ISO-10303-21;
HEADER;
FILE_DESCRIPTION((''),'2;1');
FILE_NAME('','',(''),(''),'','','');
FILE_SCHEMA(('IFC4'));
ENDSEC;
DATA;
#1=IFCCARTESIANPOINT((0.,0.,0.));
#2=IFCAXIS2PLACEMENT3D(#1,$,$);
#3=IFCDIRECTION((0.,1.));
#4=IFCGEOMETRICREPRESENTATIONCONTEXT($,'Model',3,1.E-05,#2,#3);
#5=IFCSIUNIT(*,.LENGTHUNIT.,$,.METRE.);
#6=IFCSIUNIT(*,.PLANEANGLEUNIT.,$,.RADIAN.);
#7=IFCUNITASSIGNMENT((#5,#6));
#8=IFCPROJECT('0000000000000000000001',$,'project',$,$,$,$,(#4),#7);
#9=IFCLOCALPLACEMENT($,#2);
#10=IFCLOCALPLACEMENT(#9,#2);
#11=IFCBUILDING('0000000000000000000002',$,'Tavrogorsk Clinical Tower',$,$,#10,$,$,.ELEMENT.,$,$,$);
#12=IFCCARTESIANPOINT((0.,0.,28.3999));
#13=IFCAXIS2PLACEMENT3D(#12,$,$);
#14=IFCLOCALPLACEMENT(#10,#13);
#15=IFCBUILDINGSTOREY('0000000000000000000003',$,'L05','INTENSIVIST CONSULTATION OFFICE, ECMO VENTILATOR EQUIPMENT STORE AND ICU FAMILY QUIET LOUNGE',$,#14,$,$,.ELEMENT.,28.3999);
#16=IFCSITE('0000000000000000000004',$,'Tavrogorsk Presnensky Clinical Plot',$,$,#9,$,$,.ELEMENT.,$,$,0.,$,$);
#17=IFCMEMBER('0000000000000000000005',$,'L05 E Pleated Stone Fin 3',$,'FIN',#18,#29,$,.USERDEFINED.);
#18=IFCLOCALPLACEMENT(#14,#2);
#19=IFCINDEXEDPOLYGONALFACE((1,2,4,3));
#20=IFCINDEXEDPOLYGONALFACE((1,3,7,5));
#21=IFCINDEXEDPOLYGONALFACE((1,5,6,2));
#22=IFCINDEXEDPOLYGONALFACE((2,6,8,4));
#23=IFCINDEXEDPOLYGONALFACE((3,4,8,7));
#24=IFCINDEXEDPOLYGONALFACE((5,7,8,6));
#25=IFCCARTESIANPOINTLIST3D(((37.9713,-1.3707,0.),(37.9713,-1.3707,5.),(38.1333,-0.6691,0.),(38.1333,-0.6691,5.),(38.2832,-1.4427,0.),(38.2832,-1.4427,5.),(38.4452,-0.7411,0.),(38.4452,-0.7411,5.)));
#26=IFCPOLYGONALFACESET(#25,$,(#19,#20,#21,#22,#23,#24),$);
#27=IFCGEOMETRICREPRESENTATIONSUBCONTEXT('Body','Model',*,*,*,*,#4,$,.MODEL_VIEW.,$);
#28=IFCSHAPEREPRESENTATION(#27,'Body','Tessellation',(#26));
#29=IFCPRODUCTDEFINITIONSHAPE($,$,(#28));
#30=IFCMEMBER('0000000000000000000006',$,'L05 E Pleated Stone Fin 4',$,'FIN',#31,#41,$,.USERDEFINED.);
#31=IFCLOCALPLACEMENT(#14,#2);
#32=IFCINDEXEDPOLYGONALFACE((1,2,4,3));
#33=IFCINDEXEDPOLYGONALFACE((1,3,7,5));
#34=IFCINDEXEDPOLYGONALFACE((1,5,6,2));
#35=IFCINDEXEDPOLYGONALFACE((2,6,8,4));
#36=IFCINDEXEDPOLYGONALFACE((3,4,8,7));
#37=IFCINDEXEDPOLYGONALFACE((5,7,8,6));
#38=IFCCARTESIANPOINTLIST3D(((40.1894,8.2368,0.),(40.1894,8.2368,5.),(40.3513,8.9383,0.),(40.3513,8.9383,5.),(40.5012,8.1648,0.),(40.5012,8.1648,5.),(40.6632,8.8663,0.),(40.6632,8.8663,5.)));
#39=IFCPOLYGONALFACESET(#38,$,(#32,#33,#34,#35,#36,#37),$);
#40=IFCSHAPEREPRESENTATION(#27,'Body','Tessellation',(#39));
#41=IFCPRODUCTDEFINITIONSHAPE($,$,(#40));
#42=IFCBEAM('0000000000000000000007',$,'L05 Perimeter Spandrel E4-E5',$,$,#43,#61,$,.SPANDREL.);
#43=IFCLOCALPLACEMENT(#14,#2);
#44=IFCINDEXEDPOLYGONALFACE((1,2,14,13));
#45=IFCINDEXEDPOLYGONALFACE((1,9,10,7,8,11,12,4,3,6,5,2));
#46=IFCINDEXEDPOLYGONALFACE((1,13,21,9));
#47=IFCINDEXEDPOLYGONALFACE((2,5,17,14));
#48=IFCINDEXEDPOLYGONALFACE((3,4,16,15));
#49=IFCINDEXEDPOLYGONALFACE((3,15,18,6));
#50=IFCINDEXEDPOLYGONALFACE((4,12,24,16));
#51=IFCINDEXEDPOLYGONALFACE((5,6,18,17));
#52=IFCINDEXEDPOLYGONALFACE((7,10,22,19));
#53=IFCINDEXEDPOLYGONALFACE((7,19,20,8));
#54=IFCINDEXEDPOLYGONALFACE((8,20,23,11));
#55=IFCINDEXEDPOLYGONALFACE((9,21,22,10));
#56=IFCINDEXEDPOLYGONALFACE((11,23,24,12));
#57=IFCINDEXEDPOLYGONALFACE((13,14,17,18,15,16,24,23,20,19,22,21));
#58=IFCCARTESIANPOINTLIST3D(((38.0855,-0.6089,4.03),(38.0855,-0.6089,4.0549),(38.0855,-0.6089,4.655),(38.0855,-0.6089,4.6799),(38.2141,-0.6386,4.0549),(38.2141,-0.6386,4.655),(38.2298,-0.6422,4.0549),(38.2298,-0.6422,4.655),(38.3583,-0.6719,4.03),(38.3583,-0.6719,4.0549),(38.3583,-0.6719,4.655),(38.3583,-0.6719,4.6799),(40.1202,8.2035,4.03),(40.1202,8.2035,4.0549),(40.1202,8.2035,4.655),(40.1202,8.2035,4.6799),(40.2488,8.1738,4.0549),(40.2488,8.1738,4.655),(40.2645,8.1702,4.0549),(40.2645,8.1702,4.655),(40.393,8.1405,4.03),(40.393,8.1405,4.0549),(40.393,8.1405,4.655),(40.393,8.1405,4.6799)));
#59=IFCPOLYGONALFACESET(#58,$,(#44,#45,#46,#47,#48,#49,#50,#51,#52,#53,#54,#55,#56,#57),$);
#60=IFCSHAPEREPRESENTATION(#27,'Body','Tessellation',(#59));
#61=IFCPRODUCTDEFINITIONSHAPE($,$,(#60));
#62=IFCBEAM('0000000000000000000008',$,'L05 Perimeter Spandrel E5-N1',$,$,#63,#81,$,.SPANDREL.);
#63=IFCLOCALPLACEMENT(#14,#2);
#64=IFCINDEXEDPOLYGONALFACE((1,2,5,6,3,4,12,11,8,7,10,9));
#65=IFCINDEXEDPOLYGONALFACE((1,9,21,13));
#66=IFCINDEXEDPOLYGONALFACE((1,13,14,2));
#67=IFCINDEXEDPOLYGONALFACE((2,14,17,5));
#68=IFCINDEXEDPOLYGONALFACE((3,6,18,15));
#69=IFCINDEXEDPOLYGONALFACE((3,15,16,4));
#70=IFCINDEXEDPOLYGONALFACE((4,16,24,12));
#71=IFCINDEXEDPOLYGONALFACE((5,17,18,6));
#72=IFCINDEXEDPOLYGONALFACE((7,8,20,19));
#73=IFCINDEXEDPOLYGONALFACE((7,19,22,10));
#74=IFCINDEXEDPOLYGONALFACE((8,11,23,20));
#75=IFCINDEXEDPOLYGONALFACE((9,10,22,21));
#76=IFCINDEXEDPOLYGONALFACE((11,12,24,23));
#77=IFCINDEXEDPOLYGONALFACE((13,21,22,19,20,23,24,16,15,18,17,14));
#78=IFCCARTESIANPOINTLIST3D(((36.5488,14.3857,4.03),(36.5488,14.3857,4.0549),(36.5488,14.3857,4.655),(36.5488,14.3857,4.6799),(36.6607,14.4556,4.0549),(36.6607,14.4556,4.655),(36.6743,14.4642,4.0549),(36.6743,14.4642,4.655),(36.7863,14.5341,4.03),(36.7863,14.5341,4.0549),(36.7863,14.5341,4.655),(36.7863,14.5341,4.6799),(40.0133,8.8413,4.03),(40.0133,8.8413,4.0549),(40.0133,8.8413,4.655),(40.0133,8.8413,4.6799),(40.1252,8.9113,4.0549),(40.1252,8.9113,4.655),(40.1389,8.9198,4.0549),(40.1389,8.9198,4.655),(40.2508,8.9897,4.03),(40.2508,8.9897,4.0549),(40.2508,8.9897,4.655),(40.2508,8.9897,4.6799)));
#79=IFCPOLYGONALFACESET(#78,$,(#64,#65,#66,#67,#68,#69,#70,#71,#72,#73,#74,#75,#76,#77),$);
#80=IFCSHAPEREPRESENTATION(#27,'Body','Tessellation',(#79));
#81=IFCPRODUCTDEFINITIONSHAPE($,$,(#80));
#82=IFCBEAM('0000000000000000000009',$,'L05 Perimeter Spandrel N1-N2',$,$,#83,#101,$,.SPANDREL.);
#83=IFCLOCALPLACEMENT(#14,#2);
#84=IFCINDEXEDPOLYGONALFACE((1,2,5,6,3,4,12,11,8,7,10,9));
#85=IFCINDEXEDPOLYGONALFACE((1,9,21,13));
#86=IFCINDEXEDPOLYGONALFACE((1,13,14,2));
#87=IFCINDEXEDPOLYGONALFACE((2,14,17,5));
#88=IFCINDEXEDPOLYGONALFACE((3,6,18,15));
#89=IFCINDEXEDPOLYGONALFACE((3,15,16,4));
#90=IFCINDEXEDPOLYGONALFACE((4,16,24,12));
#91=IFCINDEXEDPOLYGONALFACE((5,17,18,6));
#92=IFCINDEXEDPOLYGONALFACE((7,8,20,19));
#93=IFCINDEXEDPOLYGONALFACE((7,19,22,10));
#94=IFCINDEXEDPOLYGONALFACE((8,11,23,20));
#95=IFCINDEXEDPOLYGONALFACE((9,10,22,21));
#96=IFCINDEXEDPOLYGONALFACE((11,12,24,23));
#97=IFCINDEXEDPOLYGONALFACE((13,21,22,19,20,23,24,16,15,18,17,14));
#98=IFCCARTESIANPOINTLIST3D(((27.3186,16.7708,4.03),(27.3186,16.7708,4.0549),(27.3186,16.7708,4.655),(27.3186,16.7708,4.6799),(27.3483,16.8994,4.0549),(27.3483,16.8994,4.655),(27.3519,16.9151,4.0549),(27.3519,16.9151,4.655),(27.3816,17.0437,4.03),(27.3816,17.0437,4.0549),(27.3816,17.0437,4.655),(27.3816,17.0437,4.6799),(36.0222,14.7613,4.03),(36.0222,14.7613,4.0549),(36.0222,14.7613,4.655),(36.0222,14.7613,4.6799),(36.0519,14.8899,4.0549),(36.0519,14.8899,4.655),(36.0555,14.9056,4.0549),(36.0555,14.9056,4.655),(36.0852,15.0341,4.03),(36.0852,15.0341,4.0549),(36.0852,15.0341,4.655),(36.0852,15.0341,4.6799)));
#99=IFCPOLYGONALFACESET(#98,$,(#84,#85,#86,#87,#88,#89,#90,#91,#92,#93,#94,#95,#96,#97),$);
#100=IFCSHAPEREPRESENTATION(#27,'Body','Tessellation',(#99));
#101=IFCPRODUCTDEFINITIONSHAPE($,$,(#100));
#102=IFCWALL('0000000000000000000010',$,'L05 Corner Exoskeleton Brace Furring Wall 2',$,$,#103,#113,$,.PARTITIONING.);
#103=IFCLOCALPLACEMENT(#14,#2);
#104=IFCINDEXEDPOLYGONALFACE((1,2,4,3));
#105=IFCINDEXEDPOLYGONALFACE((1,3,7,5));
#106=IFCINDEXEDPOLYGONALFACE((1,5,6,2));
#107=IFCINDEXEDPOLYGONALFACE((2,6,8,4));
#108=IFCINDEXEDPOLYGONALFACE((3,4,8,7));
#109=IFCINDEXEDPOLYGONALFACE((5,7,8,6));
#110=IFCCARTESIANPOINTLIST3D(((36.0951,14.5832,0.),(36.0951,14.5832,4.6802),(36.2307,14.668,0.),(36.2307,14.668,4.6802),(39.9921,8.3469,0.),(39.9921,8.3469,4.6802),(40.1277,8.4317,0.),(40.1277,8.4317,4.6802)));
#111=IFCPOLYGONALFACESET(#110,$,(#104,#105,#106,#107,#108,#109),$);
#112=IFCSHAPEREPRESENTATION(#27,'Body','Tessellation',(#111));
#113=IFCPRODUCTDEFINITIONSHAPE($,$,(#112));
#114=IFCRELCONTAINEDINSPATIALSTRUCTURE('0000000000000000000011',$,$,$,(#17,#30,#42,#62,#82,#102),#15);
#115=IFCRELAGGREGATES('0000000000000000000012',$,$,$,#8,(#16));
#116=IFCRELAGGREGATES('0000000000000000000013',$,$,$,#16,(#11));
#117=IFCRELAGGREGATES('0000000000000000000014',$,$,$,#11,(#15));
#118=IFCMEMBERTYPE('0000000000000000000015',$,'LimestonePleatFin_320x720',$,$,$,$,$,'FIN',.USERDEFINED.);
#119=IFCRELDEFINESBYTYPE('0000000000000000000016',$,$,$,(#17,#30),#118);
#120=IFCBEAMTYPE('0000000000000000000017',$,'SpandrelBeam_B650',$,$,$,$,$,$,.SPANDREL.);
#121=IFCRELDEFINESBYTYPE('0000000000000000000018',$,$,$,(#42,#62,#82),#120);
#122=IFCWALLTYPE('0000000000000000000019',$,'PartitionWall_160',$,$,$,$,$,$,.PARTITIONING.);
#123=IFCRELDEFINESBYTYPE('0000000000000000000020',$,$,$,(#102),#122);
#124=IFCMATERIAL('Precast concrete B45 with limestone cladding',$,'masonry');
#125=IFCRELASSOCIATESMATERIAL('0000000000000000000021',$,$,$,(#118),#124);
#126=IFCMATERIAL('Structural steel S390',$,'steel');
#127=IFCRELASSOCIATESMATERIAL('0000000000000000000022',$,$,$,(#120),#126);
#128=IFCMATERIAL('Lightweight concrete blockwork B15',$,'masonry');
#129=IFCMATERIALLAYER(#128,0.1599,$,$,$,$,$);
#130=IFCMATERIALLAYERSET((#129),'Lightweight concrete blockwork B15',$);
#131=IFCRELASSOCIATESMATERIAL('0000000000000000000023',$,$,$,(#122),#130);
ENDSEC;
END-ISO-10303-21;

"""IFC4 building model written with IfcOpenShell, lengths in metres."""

from ifc_helpers import new_model, si_unit, direction, frame, frame_2d, origin, origin_2d, place, context, subcontext, project, spatial, rectangle, i_section, extrude, material, layer, layer_set, material_profile, profile_set, type_object, element, save


model = new_model("IFC4")

# Units and contexts
model_context = context("Model", 3, precision=1e-05, world=origin(), true_north=direction((0.0, 1.0)))
body_context = subcontext(model_context, "Body", "Model", "MODEL_VIEW")
ifc_project = project(units=[si_unit("LENGTHUNIT", "METRE"), si_unit("PLANEANGLEUNIT", "RADIAN")], contexts=[model_context])

# Site, building, storey
site_placement = place(None, origin())
site = spatial("IfcSite", under=ifc_project, at=site_placement, Name="Tavrogorsk Presnensky Clinical Plot", CompositionType="ELEMENT", RefElevation=0.0)
building_placement = place(site_placement, origin())
building = spatial("IfcBuilding", under=site, at=building_placement, Name="Tavrogorsk Clinical Tower", CompositionType="ELEMENT")
storey_placement = place(building_placement, frame((0.0, 0.0, 28.3999)))
storey = spatial("IfcBuildingStorey", under=building, at=storey_placement, Name="L05", Description="INTENSIVIST CONSULTATION OFFICE, ECMO VENTILATOR EQUIPMENT STORE AND ICU FAMILY QUIET LOUNGE", CompositionType="ELEMENT", Elevation=28.3999)

# Members
ifc_material_1 = material(Name="Precast concrete B45 with limestone cladding", Category="masonry")
ifc_material_profile_1 = material_profile(ifc_material_1, rectangle(XDim=0.3201, YDim=0.72, at=origin_2d()), Name="LIMESTONE-FIN-320x720")
ifc_profile_set_1 = profile_set([ifc_material_profile_1], Name="Precast concrete B45 with limestone cladding")
member_type_1 = type_object("IfcMemberType", Name="LimestonePleatFin_320x720", ElementType="FIN", PredefinedType="USERDEFINED", material=ifc_profile_set_1)
for number, where, z_axis, x_axis, name in (
    (1, (38.2083, -1.0559, 0.0), (0.0, 0.0, 1.0), (0.97437, -0.224951, 0.0), "L05 E Pleated Stone Fin 3"),
    (2, (40.4263, 8.5515, 0.0), (0.0, 0.0, 1.0), (0.97437, -0.224951, 0.0), "L05 E Pleated Stone Fin 4"),
):
    element("IfcMember", number, at=place(storey_placement, frame(where, z_axis=z_axis, x_axis=x_axis)), inside=storey, type_object=member_type_1, Name=name, ObjectType="FIN", PredefinedType="USERDEFINED", context=body_context, shape_type="SweptSolid", body=[
        extrude(rectangle(XDim=0.3201, YDim=0.72, at=origin_2d()), origin(), (0.0, 0.0, 1.0), 5.0),
    ])

# Beams
ifc_material_2 = material(Name="Structural steel S390", Category="steel")
ifc_material_profile_2 = material_profile(ifc_material_2, i_section(OverallWidth=0.28, OverallDepth=0.6499, WebThickness=0.0161, FlangeThickness=0.0249, at=origin_2d()), Name="B-650x280x16x25")
ifc_profile_set_2 = profile_set([ifc_material_profile_2], Name="Structural steel S390")
beam_type_1 = type_object("IfcBeamType", Name="SpandrelBeam_B650", PredefinedType="SPANDREL", material=ifc_profile_set_2)
beam_1_placement = place(storey_placement, frame((38.2219, -0.6404, 4.355), z_axis=(0.224972, 0.974365, 0.0), x_axis=(-0.974365, 0.224972, 0.0)))
element("IfcBeam", 3, at=beam_1_placement, inside=storey, type_object=beam_type_1, Name="L05 Perimeter Spandrel E4-E5", PredefinedType="SPANDREL", context=body_context, shape_type="SweptSolid", body=[
    extrude(i_section(OverallWidth=0.28, OverallDepth=0.6499, WebThickness=0.0161, FlangeThickness=0.0249, at=origin_2d()), origin(), (0.0, 0.0, 1.0), 9.0442),
])
beam_2_placement = place(storey_placement, frame((40.1321, 8.9155, 4.355), z_axis=(-0.529925, 0.848044, 0.0), x_axis=(-0.848044, -0.529925, 0.0)))
element("IfcBeam", 4, at=beam_2_placement, inside=storey, type_object=beam_type_1, Name="L05 Perimeter Spandrel E5-N1", PredefinedType="SPANDREL", context=body_context, shape_type="SweptSolid", body=[
    extrude(i_section(OverallWidth=0.28, OverallDepth=0.6499, WebThickness=0.0161, FlangeThickness=0.0249, at=origin_2d()), origin(), (0.0, 0.0, 1.0), 6.5378),
])
beam_3_placement = place(storey_placement, frame((36.0537, 14.8977, 4.355), z_axis=(-0.974367, 0.224965, 0.0), x_axis=(-0.224965, -0.974367, 0.0)))
element("IfcBeam", 5, at=beam_3_placement, inside=storey, type_object=beam_type_1, Name="L05 Perimeter Spandrel N1-N2", PredefinedType="SPANDREL", context=body_context, shape_type="SweptSolid", body=[
    extrude(i_section(OverallWidth=0.28, OverallDepth=0.6499, WebThickness=0.0161, FlangeThickness=0.0249, at=origin_2d()), origin(), (0.0, 0.0, 1.0), 8.9326),
])

# Wall
ifc_material_3 = material(Name="Lightweight concrete blockwork B15", Category="masonry")
ifc_layer_1 = layer(ifc_material_3, 0.1599)
ifc_layer_set_1 = layer_set([ifc_layer_1], Name="Lightweight concrete blockwork B15")
wall_type_1 = type_object("IfcWallType", Name="PartitionWall_160", PredefinedType="PARTITIONING", material=ifc_layer_set_1)
wall_1_placement = place(storey_placement, frame((40.0598, 8.3894, 0.0), z_axis=(0.0, 0.0, 1.0), x_axis=(-0.529927, 0.848043, 0.0)))
element("IfcWall", 6, at=wall_1_placement, inside=storey, type_object=wall_type_1, Name="L05 Corner Exoskeleton Brace Furring Wall 2", PredefinedType="PARTITIONING", context=body_context, shape_type="SweptSolid", body=[
    extrude(rectangle(XDim=7.3538, YDim=0.1599, at=frame_2d((3.6768, 0.0))), origin(), (0.0, 0.0, 1.0), 4.6802),
])

save(model, "model.ifc")
